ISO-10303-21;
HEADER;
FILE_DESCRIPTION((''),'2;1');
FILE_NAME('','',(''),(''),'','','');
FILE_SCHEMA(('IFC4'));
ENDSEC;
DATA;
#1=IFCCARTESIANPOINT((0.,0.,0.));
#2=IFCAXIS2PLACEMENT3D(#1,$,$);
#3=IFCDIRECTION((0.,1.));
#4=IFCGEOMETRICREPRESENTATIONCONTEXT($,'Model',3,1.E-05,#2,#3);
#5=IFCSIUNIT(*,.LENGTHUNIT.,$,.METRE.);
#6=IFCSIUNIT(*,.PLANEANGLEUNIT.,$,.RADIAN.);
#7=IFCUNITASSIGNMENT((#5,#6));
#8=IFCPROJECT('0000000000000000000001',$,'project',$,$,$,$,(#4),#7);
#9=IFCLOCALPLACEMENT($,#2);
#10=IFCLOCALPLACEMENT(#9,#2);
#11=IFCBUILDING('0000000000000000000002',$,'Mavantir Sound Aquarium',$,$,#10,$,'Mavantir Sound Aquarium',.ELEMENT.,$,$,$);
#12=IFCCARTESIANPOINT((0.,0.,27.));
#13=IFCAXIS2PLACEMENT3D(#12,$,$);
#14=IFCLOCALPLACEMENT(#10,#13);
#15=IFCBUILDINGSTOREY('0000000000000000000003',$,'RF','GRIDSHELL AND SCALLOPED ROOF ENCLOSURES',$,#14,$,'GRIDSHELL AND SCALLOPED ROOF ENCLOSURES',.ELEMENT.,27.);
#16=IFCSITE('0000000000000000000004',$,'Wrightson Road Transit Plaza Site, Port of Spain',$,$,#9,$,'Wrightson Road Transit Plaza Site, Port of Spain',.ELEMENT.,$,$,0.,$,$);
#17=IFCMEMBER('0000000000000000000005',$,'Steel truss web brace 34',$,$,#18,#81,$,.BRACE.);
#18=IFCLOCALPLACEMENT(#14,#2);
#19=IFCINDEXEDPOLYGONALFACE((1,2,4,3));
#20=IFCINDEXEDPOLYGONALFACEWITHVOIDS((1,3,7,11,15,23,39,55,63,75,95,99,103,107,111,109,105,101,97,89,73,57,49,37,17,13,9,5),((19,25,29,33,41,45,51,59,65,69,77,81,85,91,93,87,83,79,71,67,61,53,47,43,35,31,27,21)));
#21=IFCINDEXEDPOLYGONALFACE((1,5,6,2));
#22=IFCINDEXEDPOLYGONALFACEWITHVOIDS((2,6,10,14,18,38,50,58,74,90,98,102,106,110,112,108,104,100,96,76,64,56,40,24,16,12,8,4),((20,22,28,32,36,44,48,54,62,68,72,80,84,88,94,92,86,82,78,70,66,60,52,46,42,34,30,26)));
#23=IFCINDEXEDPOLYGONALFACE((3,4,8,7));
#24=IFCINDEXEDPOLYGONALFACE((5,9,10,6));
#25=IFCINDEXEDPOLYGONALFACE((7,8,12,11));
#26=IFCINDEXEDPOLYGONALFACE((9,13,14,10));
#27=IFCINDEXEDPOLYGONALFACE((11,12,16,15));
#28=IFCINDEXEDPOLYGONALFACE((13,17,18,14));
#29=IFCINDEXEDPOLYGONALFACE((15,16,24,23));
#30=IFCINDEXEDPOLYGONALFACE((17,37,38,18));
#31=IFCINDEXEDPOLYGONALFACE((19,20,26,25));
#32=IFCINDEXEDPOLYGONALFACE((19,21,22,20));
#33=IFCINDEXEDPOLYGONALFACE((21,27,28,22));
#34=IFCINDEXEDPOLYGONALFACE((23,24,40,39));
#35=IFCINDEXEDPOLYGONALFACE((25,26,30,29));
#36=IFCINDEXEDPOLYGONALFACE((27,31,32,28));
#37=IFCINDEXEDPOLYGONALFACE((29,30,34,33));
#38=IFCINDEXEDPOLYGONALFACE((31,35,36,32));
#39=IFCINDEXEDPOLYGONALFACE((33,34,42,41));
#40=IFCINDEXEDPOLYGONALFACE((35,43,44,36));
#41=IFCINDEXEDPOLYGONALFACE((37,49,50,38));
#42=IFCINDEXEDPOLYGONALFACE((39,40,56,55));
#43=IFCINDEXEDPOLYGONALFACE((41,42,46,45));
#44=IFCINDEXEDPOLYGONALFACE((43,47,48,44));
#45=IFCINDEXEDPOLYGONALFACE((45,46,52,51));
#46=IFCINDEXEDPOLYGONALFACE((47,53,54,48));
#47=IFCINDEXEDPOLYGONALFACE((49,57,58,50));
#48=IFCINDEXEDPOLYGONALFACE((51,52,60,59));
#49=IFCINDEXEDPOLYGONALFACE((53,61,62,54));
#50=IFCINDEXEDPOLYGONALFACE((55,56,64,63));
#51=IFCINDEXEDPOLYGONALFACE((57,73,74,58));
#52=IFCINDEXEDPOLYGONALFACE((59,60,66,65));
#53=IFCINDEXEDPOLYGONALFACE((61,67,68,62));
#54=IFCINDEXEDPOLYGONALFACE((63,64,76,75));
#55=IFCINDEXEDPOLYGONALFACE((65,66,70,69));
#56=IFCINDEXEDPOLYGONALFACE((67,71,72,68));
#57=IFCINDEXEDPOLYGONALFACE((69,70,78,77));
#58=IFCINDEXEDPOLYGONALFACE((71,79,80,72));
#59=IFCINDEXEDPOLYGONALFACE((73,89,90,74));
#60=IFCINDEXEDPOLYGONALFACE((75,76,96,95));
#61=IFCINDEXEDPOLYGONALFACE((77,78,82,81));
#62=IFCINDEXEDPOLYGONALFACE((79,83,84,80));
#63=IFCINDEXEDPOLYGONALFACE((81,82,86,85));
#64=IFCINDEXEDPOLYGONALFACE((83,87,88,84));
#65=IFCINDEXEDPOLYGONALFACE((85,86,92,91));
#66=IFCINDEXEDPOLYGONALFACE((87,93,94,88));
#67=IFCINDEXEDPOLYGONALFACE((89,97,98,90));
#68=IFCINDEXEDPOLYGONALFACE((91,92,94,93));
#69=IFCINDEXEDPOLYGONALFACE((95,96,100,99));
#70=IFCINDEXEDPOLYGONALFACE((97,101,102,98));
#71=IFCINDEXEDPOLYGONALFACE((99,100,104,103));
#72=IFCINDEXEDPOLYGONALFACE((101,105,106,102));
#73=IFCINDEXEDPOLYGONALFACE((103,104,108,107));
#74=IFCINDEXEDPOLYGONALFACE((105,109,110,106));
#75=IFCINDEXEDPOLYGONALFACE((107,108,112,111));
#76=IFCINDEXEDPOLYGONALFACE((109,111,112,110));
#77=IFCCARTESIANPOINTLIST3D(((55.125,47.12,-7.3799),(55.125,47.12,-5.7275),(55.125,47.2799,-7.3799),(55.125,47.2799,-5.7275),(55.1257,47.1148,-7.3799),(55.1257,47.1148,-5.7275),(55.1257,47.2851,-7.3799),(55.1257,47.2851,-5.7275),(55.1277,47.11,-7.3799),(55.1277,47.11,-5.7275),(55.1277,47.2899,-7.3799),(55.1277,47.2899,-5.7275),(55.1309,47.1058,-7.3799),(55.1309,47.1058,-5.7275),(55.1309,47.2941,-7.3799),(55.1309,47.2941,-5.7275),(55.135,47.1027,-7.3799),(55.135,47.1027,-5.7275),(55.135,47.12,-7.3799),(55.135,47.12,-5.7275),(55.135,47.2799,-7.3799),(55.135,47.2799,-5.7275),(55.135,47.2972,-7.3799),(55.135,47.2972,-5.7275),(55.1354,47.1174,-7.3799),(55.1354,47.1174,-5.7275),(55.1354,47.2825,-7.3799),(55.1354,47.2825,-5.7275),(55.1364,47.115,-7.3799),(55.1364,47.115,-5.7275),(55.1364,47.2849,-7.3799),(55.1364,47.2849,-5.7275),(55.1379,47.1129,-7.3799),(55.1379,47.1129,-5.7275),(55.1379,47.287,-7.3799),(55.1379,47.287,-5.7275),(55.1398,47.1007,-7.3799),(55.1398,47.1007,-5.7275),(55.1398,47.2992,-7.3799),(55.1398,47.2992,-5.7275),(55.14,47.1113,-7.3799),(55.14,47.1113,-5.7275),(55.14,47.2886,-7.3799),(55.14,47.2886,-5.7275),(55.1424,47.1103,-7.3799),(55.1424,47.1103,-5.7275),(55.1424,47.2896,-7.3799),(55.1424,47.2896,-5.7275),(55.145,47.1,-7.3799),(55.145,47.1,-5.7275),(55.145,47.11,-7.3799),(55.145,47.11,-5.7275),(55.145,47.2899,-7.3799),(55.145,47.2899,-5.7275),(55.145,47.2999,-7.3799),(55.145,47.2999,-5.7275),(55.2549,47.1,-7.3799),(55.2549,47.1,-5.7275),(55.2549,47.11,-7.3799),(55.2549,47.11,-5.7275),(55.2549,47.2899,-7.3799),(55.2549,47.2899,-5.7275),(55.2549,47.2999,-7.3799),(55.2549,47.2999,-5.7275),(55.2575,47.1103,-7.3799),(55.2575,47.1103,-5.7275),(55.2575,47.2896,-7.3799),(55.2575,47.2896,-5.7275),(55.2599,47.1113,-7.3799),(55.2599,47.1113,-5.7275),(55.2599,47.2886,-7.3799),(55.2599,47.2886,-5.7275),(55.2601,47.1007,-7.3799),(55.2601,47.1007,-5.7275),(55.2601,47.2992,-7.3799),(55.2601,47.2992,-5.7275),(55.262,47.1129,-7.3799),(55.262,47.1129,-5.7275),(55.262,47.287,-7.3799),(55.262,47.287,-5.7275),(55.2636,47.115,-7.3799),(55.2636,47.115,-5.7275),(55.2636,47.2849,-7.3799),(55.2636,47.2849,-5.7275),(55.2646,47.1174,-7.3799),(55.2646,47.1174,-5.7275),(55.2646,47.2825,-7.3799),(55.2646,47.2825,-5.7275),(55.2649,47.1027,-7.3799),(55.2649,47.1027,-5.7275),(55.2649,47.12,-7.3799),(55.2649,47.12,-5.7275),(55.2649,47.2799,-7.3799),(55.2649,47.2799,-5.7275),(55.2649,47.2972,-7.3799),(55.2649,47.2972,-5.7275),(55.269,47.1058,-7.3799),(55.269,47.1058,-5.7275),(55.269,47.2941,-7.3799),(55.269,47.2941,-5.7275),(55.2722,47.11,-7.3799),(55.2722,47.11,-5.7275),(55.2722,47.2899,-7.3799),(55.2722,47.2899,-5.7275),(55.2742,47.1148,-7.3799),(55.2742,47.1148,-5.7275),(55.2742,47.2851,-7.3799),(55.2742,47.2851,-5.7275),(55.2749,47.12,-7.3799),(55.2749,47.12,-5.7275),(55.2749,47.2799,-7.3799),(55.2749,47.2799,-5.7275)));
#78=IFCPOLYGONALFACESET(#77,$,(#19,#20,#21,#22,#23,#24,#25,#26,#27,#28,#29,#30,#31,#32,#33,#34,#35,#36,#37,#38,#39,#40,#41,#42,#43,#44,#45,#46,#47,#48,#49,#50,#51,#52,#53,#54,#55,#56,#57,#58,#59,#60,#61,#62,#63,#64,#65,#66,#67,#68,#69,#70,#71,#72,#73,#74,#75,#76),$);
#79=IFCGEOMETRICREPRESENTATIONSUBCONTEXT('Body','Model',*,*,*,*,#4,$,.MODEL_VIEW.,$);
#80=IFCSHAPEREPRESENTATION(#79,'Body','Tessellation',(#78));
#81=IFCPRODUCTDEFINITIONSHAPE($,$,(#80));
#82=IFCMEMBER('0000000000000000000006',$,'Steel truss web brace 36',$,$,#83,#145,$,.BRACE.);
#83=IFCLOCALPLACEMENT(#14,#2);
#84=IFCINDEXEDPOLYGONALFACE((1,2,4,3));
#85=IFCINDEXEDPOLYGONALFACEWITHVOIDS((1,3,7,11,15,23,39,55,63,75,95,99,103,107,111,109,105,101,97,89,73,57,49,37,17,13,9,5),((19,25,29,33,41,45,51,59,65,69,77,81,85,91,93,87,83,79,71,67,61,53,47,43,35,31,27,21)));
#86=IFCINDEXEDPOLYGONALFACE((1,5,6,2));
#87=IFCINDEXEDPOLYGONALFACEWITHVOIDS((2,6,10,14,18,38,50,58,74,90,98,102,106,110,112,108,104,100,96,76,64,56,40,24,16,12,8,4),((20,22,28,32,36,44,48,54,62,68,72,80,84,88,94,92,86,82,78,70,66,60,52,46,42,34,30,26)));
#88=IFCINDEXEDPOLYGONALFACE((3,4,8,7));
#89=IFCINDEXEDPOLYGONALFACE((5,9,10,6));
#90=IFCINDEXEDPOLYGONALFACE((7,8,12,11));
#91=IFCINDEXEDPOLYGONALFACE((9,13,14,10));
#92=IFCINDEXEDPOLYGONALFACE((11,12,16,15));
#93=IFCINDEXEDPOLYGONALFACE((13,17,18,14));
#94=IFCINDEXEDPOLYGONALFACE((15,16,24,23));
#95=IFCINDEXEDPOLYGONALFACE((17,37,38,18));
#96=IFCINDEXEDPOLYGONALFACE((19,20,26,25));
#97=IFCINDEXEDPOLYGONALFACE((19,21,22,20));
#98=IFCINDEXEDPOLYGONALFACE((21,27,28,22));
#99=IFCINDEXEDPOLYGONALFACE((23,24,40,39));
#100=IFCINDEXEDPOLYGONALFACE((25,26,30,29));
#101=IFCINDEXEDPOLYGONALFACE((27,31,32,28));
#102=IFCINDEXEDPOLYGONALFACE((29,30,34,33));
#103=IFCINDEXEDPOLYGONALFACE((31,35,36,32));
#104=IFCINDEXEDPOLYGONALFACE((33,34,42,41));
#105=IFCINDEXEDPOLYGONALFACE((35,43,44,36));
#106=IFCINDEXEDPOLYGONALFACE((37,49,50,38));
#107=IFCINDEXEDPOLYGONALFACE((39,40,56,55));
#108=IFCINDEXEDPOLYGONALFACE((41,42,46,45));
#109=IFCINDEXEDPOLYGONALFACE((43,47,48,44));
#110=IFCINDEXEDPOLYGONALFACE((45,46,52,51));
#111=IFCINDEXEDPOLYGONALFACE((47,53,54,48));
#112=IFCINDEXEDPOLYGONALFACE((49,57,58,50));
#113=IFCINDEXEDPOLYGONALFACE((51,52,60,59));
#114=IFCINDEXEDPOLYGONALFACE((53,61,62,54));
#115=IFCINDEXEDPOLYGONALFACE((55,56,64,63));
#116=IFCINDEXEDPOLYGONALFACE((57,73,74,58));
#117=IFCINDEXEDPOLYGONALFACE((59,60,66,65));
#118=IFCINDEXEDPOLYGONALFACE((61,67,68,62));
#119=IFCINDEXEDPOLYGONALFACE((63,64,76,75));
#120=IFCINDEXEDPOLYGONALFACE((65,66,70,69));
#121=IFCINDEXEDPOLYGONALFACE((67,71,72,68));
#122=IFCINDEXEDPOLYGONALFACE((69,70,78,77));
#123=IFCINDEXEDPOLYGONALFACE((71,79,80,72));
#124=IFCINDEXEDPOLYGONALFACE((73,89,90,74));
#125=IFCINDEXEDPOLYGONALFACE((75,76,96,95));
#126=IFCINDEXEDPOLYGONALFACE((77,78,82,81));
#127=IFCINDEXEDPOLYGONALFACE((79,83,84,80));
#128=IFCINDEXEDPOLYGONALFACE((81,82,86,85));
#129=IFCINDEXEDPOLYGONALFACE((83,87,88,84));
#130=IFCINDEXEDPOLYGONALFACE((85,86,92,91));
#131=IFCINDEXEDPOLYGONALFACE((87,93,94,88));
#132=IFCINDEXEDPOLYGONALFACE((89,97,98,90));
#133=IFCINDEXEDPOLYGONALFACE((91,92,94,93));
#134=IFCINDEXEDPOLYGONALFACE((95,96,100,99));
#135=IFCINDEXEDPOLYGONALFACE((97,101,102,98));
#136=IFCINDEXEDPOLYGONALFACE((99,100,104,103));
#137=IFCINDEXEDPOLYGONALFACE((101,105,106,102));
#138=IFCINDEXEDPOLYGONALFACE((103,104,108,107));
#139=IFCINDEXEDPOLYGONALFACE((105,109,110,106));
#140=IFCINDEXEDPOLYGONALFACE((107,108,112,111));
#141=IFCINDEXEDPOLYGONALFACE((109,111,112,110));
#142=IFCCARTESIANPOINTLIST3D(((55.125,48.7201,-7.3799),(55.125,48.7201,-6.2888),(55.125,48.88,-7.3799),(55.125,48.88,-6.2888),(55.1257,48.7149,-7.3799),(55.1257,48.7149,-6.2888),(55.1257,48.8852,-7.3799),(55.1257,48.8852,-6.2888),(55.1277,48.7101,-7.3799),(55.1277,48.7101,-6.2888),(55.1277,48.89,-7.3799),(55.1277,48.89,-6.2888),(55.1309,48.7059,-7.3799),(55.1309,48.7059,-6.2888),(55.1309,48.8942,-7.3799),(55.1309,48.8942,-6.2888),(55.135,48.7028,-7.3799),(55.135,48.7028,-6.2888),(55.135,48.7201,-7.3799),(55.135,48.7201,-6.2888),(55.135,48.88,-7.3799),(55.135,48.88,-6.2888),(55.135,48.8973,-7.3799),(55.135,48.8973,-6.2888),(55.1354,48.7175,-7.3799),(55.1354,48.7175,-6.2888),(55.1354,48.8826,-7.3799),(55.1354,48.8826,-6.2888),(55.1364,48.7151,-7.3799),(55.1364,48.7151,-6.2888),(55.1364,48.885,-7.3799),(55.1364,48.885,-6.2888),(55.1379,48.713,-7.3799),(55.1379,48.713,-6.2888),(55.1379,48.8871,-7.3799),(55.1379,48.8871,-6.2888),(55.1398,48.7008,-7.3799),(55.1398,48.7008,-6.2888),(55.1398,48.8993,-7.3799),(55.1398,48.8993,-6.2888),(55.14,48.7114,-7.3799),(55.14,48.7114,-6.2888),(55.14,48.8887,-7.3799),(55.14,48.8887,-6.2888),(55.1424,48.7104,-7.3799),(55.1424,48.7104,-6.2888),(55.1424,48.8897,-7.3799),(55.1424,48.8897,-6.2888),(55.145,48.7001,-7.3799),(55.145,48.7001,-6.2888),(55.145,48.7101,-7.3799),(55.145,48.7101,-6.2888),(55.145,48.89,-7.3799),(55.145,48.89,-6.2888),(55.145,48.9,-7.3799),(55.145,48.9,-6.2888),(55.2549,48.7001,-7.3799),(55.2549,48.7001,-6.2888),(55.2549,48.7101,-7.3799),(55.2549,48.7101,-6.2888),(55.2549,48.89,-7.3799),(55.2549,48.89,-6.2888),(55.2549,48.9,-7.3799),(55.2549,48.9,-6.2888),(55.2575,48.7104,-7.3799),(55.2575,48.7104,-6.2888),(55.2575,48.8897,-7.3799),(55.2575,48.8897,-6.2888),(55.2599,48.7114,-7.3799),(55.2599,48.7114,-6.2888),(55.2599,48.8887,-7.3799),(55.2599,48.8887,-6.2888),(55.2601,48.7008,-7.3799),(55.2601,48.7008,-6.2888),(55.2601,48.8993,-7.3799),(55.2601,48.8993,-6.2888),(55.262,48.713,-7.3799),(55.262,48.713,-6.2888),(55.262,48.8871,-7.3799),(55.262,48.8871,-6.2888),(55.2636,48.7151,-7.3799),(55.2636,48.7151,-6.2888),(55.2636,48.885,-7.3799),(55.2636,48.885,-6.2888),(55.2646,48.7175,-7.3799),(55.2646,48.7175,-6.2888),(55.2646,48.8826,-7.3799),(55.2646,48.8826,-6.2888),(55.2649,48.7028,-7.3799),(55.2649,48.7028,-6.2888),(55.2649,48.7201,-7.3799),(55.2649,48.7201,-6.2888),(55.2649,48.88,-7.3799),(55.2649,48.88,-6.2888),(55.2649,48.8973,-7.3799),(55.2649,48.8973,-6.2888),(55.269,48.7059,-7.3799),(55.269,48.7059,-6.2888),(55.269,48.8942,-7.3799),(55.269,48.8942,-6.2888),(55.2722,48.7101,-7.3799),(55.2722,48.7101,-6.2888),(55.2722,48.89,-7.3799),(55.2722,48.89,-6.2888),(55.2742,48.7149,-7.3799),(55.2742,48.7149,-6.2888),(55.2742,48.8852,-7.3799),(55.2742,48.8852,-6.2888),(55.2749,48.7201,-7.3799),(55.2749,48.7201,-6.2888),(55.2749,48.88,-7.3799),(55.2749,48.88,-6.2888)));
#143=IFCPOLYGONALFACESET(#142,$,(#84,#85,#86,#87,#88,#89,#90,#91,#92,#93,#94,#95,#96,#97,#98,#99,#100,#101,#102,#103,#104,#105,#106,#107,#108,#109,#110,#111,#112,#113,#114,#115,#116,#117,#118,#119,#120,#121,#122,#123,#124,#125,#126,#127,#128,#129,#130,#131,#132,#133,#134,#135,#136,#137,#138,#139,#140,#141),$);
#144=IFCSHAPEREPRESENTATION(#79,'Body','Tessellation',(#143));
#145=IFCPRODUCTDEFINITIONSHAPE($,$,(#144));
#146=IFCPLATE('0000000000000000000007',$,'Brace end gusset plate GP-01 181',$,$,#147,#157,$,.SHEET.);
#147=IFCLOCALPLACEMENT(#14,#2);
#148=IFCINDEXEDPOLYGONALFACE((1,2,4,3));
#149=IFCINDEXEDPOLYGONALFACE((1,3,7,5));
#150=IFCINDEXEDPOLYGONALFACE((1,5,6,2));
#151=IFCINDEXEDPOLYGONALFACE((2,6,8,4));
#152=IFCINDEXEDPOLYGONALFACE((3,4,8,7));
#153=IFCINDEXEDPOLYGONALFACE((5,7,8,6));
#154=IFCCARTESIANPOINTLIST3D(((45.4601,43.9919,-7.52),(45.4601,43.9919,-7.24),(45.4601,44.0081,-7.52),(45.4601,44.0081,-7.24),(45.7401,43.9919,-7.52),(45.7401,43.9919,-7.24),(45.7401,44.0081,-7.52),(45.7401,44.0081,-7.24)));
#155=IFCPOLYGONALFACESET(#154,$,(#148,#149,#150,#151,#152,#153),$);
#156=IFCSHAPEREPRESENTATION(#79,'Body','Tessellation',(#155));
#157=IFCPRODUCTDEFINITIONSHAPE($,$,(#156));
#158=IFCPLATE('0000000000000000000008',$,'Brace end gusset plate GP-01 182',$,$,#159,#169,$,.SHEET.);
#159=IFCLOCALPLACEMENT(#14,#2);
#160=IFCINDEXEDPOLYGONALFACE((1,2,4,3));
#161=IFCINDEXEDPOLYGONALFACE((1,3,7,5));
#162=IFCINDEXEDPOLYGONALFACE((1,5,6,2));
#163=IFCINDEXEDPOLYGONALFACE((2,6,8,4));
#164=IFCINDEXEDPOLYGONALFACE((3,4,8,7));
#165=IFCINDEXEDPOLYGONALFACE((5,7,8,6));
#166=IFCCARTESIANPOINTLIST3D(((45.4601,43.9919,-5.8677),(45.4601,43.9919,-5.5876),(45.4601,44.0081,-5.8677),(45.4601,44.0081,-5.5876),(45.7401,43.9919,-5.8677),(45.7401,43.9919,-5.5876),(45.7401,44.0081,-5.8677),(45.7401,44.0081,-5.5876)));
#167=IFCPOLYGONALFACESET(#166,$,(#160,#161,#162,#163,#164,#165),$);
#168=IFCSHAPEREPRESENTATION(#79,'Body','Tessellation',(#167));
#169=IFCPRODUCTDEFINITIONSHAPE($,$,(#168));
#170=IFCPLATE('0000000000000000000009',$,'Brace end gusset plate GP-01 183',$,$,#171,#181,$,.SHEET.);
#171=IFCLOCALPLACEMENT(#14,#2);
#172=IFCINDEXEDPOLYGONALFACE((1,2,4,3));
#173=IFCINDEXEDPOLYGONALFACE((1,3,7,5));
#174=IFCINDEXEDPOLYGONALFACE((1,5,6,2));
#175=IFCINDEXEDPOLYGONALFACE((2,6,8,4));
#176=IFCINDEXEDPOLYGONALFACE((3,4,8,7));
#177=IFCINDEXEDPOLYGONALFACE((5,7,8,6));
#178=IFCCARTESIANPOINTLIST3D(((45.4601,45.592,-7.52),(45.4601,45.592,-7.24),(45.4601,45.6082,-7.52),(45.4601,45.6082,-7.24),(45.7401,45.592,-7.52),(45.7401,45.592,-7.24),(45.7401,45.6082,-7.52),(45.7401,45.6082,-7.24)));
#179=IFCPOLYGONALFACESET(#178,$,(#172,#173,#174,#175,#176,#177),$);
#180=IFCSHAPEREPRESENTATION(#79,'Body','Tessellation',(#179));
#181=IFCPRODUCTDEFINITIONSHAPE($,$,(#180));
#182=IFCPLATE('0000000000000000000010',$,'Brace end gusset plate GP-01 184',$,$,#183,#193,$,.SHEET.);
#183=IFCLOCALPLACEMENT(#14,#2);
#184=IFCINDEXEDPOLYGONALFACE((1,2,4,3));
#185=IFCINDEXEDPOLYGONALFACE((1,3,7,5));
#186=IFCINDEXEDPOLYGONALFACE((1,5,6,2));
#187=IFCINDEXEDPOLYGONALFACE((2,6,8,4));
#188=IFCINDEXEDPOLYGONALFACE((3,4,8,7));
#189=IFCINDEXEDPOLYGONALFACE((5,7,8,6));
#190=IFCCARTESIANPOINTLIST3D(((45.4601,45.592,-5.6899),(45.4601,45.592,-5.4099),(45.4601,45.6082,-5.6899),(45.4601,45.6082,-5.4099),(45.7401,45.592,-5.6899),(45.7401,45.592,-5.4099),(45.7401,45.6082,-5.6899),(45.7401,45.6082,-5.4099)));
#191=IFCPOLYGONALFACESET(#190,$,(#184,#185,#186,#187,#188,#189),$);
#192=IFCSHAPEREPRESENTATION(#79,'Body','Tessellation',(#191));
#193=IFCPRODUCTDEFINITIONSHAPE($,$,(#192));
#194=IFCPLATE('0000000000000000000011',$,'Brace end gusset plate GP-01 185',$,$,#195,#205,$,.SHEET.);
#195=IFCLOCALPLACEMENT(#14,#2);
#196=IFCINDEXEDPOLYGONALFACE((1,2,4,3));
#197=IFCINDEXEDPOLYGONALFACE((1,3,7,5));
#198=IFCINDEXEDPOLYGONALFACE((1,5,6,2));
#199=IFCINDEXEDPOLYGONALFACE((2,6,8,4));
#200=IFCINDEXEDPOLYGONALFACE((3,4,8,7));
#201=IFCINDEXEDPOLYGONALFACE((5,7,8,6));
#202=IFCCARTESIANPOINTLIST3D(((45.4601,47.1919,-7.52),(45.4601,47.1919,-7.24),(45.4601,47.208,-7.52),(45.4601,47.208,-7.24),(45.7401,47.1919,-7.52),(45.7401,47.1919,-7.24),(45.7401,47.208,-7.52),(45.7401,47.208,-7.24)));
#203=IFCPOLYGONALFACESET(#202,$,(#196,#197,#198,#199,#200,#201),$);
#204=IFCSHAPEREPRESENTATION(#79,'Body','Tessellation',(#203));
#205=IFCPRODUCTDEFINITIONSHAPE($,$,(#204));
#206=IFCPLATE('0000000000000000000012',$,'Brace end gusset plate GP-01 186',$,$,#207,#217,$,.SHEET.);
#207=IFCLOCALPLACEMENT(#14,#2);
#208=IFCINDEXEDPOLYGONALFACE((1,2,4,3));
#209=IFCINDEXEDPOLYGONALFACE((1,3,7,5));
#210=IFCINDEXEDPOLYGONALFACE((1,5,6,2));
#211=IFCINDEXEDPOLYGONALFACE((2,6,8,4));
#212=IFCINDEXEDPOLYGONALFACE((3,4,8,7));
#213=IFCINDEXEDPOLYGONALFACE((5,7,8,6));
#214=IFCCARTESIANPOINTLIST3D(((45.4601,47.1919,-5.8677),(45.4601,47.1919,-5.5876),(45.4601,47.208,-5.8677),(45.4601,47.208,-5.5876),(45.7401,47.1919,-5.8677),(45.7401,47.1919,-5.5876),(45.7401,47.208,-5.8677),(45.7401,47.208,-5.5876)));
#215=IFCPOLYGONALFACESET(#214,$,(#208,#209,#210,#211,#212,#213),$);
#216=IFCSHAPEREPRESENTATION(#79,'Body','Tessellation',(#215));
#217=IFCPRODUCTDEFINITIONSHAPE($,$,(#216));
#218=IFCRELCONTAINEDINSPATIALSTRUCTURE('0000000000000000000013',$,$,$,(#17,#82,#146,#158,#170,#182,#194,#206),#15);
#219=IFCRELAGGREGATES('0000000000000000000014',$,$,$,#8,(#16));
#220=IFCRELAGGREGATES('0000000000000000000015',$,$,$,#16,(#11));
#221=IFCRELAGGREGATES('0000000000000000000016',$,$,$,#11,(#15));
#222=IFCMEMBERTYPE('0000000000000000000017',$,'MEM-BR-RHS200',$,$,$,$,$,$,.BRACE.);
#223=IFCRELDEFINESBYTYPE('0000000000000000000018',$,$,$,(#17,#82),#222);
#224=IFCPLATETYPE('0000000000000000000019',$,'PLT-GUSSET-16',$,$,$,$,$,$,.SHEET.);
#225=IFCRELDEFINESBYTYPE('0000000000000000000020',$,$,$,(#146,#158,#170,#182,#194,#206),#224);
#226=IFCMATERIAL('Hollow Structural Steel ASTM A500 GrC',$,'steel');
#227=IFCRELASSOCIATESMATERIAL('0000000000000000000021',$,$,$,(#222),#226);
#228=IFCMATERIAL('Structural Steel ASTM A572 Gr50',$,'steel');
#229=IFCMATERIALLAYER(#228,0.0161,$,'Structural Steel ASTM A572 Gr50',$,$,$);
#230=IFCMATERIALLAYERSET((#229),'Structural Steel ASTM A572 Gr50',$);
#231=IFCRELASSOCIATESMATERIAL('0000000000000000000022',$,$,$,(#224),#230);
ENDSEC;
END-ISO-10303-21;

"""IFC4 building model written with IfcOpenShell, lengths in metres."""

from ifc_helpers import new_model, si_unit, direction, frame, origin, origin_2d, place, context, subcontext, project, spatial, rectangle, hollow_rectangle, extrude, material, layer, layer_set, material_profile, profile_set, type_object, element, save


model = new_model("IFC4")

# Units and contexts
model_context = context("Model", 3, precision=1e-05, world=origin(), true_north=direction((0.0, 1.0)))
body_context = subcontext(model_context, "Body", "Model", "MODEL_VIEW")
ifc_project = project(units=[si_unit("LENGTHUNIT", "METRE"), si_unit("PLANEANGLEUNIT", "RADIAN")], contexts=[model_context])

# Site, building, storey
site_placement = place(None, origin())
site = spatial("IfcSite", under=ifc_project, at=site_placement, Name="Wrightson Road Transit Plaza Site, Port of Spain", LongName="Wrightson Road Transit Plaza Site, Port of Spain", CompositionType="ELEMENT", RefElevation=0.0)
building_placement = place(site_placement, origin())
building = spatial("IfcBuilding", under=site, at=building_placement, Name="Mavantir Sound Aquarium", LongName="Mavantir Sound Aquarium", CompositionType="ELEMENT")
storey_placement = place(building_placement, frame((0.0, 0.0, 27.0)))
storey = spatial("IfcBuildingStorey", under=building, at=storey_placement, Name="RF", Description="GRIDSHELL AND SCALLOPED ROOF ENCLOSURES", LongName="GRIDSHELL AND SCALLOPED ROOF ENCLOSURES", CompositionType="ELEMENT", Elevation=27.0)

# Members
ifc_material_1 = material(Name="Hollow Structural Steel ASTM A500 GrC", Category="steel")
ifc_material_profile_1 = material_profile(ifc_material_1, hollow_rectangle(XDim=0.1499, YDim=0.2, WallThickness=0.01, InnerFilletRadius=0.01, OuterFilletRadius=0.02, at=origin_2d()), Name="RHS 200X150X10")
ifc_profile_set_1 = profile_set([ifc_material_profile_1], Name="Hollow Structural Steel ASTM A500 GrC")
member_type_1 = type_object("IfcMemberType", Name="MEM-BR-RHS200", PredefinedType="BRACE", material=ifc_profile_set_1)
member_1_placement = place(storey_placement, frame((55.2, 47.2, -7.3799), z_axis=(0.0, 0.0, 1.0), x_axis=(1.0, 0.0, 0.0)))
element("IfcMember", 1, at=member_1_placement, inside=storey, type_object=member_type_1, Name="Steel truss web brace 34", PredefinedType="BRACE", context=body_context, shape_type="SweptSolid", body=[
    extrude(hollow_rectangle(XDim=0.1499, YDim=0.2, WallThickness=0.01, InnerFilletRadius=0.01, OuterFilletRadius=0.02, at=origin_2d()), origin(), (0.0, 0.0, 1.0), 1.6523),
])
member_2_placement = place(storey_placement, frame((55.2, 48.8, -7.3799), z_axis=(0.0, 0.0, 1.0), x_axis=(1.0, 0.0, 0.0)))
element("IfcMember", 2, at=member_2_placement, inside=storey, type_object=member_type_1, Name="Steel truss web brace 36", PredefinedType="BRACE", context=body_context, shape_type="SweptSolid", body=[
    extrude(hollow_rectangle(XDim=0.1499, YDim=0.2, WallThickness=0.01, InnerFilletRadius=0.01, OuterFilletRadius=0.02, at=origin_2d()), origin(), (0.0, 0.0, 1.0), 1.0911),
])

# Plates
ifc_material_2 = material(Name="Structural Steel ASTM A572 Gr50", Category="steel")
ifc_layer_1 = layer(ifc_material_2, 0.0161, Name="Structural Steel ASTM A572 Gr50")
ifc_layer_set_1 = layer_set([ifc_layer_1], Name="Structural Steel ASTM A572 Gr50")
plate_type = type_object("IfcPlateType", Name="PLT-GUSSET-16", PredefinedType="SHEET", material=ifc_layer_set_1)
for number, where, z_axis, x_axis, name in (
    (3, (45.6001, 44.0, -7.52), (0.0, 0.0, 1.0), (1.0, 0.0, 0.0), "Brace end gusset plate GP-01 181"),
    (4, (45.6001, 44.0, -5.8677), (0.0, 0.0, 1.0), (1.0, 0.0, 0.0), "Brace end gusset plate GP-01 182"),
    (5, (45.6001, 45.6001, -7.52), (0.0, 0.0, 1.0), (1.0, 0.0, 0.0), "Brace end gusset plate GP-01 183"),
    (6, (45.6001, 45.6001, -5.6899), (0.0, 0.0, 1.0), (1.0, 0.0, 0.0), "Brace end gusset plate GP-01 184"),
    (7, (45.6001, 47.2, -7.52), (0.0, 0.0, 1.0), (1.0, 0.0, 0.0), "Brace end gusset plate GP-01 185"),
    (8, (45.6001, 47.2, -5.8677), (0.0, 0.0, 1.0), (1.0, 0.0, 0.0), "Brace end gusset plate GP-01 186"),
):
    element("IfcPlate", number, at=place(storey_placement, frame(where, z_axis=z_axis, x_axis=x_axis)), inside=storey, type_object=plate_type, Name=name, PredefinedType="SHEET", context=body_context, shape_type="SweptSolid", body=[
        extrude(rectangle(XDim=0.28, YDim=0.0161, at=origin_2d()), origin(), (0.0, 0.0, 1.0), 0.28),
    ])

save(model, "model.ifc")
